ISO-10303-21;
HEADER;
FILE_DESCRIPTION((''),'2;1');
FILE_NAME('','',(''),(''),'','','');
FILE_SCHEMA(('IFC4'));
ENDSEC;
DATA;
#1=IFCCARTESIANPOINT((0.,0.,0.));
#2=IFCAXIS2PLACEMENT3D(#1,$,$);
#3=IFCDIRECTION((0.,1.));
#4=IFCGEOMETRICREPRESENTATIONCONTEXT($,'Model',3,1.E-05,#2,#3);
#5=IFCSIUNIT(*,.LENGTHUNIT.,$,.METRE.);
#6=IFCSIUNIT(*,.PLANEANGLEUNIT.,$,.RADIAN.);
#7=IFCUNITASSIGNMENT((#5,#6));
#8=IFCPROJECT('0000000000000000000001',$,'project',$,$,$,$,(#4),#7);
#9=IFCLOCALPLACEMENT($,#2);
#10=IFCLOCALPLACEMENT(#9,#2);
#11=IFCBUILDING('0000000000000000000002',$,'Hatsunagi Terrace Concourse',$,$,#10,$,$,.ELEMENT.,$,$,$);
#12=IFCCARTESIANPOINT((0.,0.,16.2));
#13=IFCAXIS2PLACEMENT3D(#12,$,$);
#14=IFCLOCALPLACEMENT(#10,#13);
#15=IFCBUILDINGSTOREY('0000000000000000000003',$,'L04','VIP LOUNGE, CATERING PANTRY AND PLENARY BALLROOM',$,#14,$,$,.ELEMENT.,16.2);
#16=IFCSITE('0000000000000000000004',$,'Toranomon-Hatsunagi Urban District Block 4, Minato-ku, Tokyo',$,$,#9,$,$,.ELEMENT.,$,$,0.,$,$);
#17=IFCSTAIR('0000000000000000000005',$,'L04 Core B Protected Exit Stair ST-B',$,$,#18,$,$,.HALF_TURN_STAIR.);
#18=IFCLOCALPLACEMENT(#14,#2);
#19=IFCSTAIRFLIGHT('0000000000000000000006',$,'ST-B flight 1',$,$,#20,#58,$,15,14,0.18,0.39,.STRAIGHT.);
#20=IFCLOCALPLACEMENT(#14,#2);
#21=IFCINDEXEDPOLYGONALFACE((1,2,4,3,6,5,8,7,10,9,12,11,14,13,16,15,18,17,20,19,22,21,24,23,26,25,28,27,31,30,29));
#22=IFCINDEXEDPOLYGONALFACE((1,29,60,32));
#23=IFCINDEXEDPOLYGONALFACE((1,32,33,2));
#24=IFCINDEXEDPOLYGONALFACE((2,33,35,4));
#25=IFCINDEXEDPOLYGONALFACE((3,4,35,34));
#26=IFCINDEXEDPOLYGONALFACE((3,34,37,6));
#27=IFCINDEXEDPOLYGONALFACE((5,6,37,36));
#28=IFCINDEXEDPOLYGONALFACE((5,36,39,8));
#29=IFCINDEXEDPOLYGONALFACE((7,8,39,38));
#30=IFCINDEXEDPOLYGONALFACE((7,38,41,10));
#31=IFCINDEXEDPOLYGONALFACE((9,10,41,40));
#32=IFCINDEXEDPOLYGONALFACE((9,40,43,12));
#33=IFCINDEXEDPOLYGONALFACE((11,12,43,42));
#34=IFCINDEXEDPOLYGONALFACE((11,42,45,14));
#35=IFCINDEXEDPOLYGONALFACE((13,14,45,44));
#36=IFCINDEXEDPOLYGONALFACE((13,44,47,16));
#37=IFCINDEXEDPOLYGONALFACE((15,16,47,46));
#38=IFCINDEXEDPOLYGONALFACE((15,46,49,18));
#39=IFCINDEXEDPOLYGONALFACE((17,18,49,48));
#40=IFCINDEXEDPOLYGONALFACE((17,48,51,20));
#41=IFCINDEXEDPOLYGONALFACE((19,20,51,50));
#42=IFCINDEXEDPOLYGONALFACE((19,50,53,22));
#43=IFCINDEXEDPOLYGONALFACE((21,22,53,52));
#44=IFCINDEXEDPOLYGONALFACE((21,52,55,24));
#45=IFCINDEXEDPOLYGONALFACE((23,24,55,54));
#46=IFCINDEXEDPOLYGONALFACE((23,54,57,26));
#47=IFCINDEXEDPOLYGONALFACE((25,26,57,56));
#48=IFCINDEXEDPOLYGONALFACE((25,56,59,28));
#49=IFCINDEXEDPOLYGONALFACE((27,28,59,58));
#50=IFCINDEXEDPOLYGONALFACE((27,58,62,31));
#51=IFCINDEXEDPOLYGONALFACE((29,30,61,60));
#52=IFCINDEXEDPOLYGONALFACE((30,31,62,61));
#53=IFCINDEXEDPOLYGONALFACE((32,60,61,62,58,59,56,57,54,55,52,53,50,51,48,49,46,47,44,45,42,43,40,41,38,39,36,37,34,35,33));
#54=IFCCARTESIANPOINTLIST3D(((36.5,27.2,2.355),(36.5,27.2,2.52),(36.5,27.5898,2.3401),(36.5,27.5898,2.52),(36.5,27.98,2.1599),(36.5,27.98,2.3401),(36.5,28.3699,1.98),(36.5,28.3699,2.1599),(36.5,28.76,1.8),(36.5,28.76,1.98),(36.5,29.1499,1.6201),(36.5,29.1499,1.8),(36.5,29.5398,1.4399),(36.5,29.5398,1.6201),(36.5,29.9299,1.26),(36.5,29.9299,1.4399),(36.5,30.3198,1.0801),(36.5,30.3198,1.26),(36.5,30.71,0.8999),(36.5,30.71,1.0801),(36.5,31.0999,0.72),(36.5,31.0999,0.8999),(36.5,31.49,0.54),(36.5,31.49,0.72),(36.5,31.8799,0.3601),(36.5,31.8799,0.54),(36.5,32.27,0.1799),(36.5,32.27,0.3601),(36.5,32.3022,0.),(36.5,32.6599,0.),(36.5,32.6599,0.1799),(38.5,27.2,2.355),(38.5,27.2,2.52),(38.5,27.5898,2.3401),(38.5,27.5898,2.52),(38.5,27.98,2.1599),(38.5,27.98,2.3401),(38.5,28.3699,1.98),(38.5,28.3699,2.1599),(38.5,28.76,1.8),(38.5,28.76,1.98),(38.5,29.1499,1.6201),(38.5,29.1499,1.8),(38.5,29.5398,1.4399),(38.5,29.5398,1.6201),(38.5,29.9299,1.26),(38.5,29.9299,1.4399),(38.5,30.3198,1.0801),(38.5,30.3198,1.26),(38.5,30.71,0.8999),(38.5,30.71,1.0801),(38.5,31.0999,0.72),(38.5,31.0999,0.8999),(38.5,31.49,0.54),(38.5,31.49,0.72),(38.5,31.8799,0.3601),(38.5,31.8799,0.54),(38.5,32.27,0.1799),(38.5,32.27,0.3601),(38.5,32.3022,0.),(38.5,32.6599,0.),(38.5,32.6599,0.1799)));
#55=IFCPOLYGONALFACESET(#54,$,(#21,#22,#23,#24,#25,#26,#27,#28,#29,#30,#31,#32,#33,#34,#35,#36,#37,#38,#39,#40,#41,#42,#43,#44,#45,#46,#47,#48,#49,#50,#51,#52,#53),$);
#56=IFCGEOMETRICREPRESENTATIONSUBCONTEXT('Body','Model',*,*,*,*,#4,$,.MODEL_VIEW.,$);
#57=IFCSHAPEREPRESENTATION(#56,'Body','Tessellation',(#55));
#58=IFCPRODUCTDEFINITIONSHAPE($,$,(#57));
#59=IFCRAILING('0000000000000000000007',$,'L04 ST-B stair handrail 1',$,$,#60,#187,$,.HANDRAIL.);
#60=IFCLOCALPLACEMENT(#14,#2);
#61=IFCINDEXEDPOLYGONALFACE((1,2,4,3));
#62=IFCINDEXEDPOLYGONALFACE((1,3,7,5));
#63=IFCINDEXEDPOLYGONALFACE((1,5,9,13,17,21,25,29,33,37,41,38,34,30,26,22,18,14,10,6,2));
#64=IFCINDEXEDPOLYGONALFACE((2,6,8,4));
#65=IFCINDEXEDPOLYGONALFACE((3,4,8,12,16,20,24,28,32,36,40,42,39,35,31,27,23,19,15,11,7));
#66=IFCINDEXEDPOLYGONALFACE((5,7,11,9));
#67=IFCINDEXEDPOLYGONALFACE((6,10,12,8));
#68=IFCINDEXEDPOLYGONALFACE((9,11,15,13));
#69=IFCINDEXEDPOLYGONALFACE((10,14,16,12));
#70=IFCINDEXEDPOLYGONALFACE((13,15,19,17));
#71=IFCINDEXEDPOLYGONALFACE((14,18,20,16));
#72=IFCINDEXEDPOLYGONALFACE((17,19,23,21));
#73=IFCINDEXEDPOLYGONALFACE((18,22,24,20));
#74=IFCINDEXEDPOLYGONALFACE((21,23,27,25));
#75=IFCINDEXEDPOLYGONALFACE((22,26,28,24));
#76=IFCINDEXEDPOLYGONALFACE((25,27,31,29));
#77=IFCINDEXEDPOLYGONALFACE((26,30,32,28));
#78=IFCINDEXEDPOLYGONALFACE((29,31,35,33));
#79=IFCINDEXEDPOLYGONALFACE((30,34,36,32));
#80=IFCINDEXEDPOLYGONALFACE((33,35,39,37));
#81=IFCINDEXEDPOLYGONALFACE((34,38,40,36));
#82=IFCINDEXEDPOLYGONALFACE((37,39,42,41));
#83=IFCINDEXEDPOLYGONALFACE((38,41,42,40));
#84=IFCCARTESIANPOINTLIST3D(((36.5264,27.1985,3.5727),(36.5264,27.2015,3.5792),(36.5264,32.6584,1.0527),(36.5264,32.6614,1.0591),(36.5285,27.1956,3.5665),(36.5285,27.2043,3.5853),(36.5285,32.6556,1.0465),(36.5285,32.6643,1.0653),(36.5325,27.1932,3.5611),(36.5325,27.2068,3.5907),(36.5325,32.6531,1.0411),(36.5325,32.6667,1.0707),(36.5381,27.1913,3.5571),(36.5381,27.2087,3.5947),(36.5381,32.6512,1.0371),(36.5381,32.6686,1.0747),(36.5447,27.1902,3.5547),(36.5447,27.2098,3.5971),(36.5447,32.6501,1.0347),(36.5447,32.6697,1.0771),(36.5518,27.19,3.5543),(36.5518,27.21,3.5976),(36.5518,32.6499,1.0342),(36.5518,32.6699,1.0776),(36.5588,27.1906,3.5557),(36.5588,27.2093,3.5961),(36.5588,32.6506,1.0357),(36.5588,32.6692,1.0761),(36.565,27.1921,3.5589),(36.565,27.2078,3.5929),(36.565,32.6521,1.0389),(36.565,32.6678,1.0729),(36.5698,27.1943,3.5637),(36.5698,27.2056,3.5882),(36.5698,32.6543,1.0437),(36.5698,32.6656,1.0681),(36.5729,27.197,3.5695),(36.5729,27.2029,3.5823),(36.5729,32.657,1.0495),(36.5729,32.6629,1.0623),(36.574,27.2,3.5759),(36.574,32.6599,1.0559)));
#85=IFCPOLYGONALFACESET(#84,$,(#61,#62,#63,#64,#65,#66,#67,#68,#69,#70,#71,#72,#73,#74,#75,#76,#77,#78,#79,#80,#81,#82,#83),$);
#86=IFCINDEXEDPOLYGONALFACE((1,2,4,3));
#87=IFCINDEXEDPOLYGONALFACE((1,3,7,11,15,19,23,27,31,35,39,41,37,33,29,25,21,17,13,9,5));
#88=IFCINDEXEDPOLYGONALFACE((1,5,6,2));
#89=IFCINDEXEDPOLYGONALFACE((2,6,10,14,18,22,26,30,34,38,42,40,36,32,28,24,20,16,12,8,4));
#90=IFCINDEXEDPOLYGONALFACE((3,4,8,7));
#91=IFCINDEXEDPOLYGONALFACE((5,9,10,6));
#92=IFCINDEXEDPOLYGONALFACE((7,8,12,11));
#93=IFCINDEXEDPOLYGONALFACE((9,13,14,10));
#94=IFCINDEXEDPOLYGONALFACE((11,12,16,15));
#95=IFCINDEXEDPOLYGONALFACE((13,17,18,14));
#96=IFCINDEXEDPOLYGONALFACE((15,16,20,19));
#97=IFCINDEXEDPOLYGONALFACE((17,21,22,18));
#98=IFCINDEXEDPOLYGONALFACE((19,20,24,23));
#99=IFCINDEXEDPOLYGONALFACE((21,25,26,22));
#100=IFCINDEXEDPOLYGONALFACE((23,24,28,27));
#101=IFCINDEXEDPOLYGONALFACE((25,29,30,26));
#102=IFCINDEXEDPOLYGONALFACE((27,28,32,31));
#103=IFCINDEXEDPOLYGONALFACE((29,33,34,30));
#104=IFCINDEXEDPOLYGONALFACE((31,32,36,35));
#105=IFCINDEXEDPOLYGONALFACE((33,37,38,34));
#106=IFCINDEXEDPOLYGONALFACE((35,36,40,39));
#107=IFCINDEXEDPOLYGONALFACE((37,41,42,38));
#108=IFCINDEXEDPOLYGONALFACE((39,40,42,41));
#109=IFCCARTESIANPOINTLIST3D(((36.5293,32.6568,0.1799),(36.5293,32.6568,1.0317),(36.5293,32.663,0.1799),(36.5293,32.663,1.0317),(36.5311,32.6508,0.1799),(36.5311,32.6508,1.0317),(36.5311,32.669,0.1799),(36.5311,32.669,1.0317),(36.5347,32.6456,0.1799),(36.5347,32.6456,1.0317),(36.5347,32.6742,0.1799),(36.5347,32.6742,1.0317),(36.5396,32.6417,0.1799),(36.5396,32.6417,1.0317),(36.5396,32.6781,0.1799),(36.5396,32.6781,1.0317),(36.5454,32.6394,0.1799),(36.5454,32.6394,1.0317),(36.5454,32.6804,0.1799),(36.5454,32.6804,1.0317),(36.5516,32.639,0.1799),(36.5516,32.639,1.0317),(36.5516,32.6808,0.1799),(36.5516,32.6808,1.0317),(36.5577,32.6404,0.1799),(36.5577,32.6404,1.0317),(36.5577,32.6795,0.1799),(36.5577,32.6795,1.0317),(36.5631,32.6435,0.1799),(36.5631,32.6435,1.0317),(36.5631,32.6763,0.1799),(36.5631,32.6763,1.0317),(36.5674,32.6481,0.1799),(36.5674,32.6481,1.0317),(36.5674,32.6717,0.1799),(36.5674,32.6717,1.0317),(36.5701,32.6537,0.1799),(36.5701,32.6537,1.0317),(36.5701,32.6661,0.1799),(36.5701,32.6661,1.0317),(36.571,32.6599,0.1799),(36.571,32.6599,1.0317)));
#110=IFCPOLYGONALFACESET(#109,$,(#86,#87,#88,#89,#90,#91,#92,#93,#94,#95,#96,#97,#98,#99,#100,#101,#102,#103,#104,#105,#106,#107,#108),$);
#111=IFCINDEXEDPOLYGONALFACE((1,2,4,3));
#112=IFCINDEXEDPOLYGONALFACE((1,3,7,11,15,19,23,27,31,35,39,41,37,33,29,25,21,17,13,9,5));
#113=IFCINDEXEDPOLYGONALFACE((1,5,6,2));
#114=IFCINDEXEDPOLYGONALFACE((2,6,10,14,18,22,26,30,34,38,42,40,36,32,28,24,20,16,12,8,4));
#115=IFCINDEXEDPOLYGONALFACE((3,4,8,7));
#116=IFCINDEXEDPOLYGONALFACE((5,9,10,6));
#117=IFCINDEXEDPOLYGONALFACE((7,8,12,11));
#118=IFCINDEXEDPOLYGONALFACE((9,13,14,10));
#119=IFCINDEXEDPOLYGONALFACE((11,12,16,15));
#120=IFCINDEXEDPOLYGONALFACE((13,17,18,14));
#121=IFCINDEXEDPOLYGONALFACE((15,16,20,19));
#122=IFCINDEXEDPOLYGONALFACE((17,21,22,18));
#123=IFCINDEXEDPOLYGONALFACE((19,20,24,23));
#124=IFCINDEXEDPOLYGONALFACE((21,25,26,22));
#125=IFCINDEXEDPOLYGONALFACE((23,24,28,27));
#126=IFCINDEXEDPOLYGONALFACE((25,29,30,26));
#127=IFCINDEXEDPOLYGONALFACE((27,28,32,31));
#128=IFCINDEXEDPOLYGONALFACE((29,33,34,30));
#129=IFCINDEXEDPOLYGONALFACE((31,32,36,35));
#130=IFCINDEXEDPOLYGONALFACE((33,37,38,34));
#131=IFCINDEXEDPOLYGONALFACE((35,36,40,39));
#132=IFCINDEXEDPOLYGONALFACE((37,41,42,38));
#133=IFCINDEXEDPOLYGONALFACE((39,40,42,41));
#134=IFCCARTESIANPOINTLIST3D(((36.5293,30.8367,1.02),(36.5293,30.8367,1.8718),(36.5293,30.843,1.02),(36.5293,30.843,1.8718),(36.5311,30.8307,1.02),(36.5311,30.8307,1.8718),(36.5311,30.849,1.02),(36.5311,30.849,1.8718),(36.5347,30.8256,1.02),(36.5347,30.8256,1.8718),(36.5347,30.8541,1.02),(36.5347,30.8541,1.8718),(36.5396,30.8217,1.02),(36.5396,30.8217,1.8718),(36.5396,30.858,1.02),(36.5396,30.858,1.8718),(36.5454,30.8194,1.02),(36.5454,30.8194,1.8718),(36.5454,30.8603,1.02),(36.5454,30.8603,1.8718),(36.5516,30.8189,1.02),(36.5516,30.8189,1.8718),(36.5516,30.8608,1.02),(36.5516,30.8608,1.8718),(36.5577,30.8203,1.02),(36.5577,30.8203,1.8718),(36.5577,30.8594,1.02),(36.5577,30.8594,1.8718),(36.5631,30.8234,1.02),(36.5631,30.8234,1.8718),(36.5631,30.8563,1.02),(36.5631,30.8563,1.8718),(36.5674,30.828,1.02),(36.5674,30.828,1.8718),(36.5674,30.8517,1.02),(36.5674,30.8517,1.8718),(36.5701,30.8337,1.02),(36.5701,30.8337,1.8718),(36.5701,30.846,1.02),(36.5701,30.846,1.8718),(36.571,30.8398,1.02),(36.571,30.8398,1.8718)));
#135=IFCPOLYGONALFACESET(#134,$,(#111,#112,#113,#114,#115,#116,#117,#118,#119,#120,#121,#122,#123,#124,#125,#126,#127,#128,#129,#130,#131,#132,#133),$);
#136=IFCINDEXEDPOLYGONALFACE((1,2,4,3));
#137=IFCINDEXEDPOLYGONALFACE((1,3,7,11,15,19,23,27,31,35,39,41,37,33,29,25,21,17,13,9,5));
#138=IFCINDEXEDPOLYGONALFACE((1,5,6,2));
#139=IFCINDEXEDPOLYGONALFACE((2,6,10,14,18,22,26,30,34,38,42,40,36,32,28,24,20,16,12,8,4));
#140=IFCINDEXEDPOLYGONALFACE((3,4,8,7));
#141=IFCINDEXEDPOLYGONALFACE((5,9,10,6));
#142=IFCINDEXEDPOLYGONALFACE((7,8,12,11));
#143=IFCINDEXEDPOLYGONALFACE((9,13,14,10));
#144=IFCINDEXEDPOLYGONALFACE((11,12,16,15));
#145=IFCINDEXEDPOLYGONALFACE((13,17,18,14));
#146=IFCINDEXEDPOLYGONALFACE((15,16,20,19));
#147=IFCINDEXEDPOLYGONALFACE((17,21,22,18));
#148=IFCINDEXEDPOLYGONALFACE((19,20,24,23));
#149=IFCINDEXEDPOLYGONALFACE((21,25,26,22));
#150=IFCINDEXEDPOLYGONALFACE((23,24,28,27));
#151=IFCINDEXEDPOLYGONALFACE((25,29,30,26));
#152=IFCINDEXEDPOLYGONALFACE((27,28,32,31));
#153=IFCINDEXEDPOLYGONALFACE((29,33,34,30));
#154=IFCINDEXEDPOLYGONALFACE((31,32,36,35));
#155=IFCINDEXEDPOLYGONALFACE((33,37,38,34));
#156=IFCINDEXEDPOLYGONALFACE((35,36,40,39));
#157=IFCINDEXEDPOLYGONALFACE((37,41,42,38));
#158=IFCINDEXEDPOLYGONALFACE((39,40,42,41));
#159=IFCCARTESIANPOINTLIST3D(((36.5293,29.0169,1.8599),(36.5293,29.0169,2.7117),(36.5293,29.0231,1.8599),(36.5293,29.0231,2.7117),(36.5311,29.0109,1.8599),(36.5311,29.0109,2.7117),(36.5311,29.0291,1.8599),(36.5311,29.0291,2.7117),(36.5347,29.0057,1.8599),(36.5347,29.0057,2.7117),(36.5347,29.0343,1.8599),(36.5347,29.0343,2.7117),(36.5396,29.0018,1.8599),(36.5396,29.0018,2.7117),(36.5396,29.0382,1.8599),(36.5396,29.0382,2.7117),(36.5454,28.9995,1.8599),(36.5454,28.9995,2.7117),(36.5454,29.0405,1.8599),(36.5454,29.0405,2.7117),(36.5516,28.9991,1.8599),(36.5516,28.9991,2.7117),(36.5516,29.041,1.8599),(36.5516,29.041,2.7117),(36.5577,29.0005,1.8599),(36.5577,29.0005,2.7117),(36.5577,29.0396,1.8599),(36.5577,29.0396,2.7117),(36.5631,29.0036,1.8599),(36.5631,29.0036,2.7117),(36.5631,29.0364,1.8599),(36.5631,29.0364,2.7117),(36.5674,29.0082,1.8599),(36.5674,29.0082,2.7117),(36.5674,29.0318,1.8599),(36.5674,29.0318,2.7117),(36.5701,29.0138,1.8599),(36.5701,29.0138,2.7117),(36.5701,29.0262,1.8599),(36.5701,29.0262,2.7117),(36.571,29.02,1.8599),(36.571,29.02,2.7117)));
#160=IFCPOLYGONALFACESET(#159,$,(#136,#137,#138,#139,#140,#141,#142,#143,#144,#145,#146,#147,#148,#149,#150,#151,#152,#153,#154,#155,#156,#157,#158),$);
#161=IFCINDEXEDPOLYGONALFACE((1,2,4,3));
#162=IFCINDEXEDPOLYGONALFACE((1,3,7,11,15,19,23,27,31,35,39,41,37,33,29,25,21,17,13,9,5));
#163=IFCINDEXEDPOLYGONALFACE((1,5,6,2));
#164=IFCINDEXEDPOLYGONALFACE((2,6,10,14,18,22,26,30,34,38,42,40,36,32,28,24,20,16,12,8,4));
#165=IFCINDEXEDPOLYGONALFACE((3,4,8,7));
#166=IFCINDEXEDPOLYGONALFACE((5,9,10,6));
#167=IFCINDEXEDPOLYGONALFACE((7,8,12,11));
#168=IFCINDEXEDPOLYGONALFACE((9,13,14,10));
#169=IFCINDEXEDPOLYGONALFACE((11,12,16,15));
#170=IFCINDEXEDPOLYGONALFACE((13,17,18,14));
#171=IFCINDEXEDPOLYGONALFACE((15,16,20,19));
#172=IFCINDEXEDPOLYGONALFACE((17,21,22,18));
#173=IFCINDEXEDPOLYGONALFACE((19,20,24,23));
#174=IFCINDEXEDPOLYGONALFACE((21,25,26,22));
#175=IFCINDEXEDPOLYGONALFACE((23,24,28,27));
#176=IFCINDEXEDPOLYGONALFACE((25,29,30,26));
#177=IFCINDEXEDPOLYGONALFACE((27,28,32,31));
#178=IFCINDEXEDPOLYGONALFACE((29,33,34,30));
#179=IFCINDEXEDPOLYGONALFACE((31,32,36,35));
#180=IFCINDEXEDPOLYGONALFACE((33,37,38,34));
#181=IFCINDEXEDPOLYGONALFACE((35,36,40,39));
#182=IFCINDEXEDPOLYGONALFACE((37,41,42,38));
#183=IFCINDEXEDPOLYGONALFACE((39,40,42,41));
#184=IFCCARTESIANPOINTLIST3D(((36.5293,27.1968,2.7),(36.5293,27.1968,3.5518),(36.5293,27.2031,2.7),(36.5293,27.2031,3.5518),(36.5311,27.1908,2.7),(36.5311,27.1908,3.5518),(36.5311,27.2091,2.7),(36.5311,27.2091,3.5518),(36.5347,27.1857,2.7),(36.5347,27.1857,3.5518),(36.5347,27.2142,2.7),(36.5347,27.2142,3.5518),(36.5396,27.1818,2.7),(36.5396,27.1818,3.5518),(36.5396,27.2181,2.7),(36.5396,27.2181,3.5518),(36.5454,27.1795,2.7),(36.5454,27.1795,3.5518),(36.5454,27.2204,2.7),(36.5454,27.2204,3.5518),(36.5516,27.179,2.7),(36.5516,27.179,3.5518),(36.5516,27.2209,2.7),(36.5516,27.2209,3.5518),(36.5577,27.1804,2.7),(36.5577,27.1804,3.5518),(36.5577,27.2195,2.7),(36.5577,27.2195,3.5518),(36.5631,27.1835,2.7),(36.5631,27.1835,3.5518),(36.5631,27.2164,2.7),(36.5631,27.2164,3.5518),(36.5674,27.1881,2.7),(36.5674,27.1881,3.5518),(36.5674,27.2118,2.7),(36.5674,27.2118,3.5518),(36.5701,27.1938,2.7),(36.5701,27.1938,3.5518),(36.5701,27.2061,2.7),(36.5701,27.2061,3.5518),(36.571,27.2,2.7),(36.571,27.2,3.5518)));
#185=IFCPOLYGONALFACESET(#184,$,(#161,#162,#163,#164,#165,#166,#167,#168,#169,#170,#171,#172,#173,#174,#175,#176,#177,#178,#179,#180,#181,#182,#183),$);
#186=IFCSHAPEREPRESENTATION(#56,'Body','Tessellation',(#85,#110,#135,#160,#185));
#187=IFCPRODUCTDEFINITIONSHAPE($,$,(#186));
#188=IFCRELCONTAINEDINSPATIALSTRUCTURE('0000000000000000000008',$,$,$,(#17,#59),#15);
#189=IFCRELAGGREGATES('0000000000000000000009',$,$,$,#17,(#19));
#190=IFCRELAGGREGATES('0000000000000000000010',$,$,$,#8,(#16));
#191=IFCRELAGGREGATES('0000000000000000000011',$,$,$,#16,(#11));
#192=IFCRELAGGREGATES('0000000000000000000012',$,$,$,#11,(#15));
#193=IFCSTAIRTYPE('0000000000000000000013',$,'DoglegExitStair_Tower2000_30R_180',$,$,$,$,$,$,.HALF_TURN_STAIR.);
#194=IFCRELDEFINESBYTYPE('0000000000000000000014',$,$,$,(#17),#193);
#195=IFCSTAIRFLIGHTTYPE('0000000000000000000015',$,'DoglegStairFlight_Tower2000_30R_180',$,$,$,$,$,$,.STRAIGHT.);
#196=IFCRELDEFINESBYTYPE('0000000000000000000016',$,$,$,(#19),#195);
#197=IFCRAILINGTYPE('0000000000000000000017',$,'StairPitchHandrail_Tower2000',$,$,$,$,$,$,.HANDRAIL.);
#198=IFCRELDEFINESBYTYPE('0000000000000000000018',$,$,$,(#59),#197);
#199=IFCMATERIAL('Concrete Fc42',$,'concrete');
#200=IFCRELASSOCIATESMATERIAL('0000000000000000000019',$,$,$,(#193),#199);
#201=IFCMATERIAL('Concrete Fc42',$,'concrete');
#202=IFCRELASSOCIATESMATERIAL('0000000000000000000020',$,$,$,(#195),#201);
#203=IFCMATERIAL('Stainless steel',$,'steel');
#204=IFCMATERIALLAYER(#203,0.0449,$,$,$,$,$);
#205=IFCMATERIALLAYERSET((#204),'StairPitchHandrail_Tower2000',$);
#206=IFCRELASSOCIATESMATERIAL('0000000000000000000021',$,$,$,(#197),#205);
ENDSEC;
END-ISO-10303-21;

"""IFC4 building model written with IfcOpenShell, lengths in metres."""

from ifc_helpers import new_model, si_unit, direction, frame, origin, origin_2d, place, context, subcontext, project, spatial, polyline, circle, outline, extrude, material, layer, layer_set, type_object, element, aggregate, save


model = new_model("IFC4")

# Units and contexts
model_context = context("Model", 3, precision=1e-05, world=origin(), true_north=direction((0.0, 1.0)))
body_context = subcontext(model_context, "Body", "Model", "MODEL_VIEW")
ifc_project = project(units=[si_unit("LENGTHUNIT", "METRE"), si_unit("PLANEANGLEUNIT", "RADIAN")], contexts=[model_context])

# Site, building, storey
site_placement = place(None, origin())
site = spatial("IfcSite", under=ifc_project, at=site_placement, Name="Toranomon-Hatsunagi Urban District Block 4, Minato-ku, Tokyo", CompositionType="ELEMENT", RefElevation=0.0)
building_placement = place(site_placement, origin())
building = spatial("IfcBuilding", under=site, at=building_placement, Name="Hatsunagi Terrace Concourse", CompositionType="ELEMENT")
storey_placement = place(building_placement, frame((0.0, 0.0, 16.2)))
storey = spatial("IfcBuildingStorey", under=building, at=storey_placement, Name="L04", Description="VIP LOUNGE, CATERING PANTRY AND PLENARY BALLROOM", CompositionType="ELEMENT", Elevation=16.2)

# Stair, stair flight
ifc_material_1 = material(Name="Concrete Fc42", Category="concrete")
stair_type = type_object("IfcStairType", Name="DoglegExitStair_Tower2000_30R_180", PredefinedType="HALF_TURN_STAIR", material=ifc_material_1)
stair_placement = place(storey_placement, origin())
stair = element("IfcStair", 1, at=stair_placement, inside=storey, type_object=stair_type, Name="L04 Core B Protected Exit Stair ST-B", PredefinedType="HALF_TURN_STAIR")
ifc_material_2 = material(Name="Concrete Fc42", Category="concrete")
stair_flight_type = type_object("IfcStairFlightType", Name="DoglegStairFlight_Tower2000_30R_180", PredefinedType="STRAIGHT", material=ifc_material_2)
stair_flight_placement = place(storey_placement, frame((37.5, 32.6599, 0.0), z_axis=(0.0, 0.0, 1.0), x_axis=(0.0, -1.0, 0.0)))
stair_flight = element("IfcStairFlight", 2, at=stair_flight_placement, type_object=stair_flight_type, Name="ST-B flight 1", NumberOfRisers=15, NumberOfTreads=14, PredefinedType="STRAIGHT", RiserHeight=0.18, TreadLength=0.39, context=body_context, shape_type="SweptSolid", body=[
    extrude(outline(polyline([(0.0, 0.0), (0.0, 0.1799), (0.3899, 0.1799), (0.3899, 0.3601), (0.78, 0.3601), (0.78, 0.54), (1.1699, 0.54), (1.1699, 0.72), (1.5601, 0.72), (1.5601, 0.8999), (1.95, 0.8999), (1.95, 1.0801), (2.3401, 1.0801), (2.3401, 1.26), (2.73, 1.26), (2.73, 1.4399), (3.1201, 1.4399), (3.1201, 1.6201), (3.51, 1.6201), (3.51, 1.8), (3.8999, 1.8), (3.8999, 1.98), (4.29, 1.98), (4.29, 2.1599), (4.6799, 2.1599), (4.6799, 2.3401), (5.0701, 2.3401), (5.0701, 2.52), (5.46, 2.52), (5.46, 2.7), (5.46, 2.355), (0.3577, 0.0), (0.0, 0.0)])), frame((0.0, 1.0, 0.0), z_axis=(0.0, -1.0, 0.0), x_axis=(1.0, 0.0, 0.0)), (0.0, 0.0, 1.0), 2.0),
])
aggregate(stair, [stair_flight])

# Railing
ifc_material_3 = material(Name="Stainless steel", Category="steel")
ifc_layer_1 = layer(ifc_material_3, 0.0449)
ifc_layer_set_1 = layer_set([ifc_layer_1], Name="StairPitchHandrail_Tower2000")
railing_type_1 = type_object("IfcRailingType", Name="StairPitchHandrail_Tower2000", PredefinedType="HANDRAIL", material=ifc_layer_set_1)
railing_1_placement = place(storey_placement, frame((36.55, 32.6599, 0.1799)))
element("IfcRailing", 3, at=railing_1_placement, inside=storey, type_object=railing_type_1, Name="L04 ST-B stair handrail 1", PredefinedType="HANDRAIL", context=body_context, shape_type="SweptSolid", body=[
    extrude(circle(Radius=0.0239, at=origin_2d()), frame((0.0, 0.0, 0.876), z_axis=(0.0, -0.907957, 0.419063), x_axis=(1.0, 0.0, 0.0)), (0.0, 0.0, 1.0), 6.0134),
    extrude(circle(Radius=0.021, at=origin_2d()), origin(), (0.0, 0.0, 1.0), 0.8518),
    extrude(circle(Radius=0.021, at=origin_2d()), frame((0.0, -1.8201, 0.8401)), (0.0, 0.0, 1.0), 0.8518),
    extrude(circle(Radius=0.021, at=origin_2d()), frame((0.0, -3.6399, 1.6799)), (0.0, 0.0, 1.0), 0.8518),
    extrude(circle(Radius=0.021, at=origin_2d()), frame((0.0, -5.46, 2.52)), (0.0, 0.0, 1.0), 0.8518),
])

save(model, "model.ifc")
